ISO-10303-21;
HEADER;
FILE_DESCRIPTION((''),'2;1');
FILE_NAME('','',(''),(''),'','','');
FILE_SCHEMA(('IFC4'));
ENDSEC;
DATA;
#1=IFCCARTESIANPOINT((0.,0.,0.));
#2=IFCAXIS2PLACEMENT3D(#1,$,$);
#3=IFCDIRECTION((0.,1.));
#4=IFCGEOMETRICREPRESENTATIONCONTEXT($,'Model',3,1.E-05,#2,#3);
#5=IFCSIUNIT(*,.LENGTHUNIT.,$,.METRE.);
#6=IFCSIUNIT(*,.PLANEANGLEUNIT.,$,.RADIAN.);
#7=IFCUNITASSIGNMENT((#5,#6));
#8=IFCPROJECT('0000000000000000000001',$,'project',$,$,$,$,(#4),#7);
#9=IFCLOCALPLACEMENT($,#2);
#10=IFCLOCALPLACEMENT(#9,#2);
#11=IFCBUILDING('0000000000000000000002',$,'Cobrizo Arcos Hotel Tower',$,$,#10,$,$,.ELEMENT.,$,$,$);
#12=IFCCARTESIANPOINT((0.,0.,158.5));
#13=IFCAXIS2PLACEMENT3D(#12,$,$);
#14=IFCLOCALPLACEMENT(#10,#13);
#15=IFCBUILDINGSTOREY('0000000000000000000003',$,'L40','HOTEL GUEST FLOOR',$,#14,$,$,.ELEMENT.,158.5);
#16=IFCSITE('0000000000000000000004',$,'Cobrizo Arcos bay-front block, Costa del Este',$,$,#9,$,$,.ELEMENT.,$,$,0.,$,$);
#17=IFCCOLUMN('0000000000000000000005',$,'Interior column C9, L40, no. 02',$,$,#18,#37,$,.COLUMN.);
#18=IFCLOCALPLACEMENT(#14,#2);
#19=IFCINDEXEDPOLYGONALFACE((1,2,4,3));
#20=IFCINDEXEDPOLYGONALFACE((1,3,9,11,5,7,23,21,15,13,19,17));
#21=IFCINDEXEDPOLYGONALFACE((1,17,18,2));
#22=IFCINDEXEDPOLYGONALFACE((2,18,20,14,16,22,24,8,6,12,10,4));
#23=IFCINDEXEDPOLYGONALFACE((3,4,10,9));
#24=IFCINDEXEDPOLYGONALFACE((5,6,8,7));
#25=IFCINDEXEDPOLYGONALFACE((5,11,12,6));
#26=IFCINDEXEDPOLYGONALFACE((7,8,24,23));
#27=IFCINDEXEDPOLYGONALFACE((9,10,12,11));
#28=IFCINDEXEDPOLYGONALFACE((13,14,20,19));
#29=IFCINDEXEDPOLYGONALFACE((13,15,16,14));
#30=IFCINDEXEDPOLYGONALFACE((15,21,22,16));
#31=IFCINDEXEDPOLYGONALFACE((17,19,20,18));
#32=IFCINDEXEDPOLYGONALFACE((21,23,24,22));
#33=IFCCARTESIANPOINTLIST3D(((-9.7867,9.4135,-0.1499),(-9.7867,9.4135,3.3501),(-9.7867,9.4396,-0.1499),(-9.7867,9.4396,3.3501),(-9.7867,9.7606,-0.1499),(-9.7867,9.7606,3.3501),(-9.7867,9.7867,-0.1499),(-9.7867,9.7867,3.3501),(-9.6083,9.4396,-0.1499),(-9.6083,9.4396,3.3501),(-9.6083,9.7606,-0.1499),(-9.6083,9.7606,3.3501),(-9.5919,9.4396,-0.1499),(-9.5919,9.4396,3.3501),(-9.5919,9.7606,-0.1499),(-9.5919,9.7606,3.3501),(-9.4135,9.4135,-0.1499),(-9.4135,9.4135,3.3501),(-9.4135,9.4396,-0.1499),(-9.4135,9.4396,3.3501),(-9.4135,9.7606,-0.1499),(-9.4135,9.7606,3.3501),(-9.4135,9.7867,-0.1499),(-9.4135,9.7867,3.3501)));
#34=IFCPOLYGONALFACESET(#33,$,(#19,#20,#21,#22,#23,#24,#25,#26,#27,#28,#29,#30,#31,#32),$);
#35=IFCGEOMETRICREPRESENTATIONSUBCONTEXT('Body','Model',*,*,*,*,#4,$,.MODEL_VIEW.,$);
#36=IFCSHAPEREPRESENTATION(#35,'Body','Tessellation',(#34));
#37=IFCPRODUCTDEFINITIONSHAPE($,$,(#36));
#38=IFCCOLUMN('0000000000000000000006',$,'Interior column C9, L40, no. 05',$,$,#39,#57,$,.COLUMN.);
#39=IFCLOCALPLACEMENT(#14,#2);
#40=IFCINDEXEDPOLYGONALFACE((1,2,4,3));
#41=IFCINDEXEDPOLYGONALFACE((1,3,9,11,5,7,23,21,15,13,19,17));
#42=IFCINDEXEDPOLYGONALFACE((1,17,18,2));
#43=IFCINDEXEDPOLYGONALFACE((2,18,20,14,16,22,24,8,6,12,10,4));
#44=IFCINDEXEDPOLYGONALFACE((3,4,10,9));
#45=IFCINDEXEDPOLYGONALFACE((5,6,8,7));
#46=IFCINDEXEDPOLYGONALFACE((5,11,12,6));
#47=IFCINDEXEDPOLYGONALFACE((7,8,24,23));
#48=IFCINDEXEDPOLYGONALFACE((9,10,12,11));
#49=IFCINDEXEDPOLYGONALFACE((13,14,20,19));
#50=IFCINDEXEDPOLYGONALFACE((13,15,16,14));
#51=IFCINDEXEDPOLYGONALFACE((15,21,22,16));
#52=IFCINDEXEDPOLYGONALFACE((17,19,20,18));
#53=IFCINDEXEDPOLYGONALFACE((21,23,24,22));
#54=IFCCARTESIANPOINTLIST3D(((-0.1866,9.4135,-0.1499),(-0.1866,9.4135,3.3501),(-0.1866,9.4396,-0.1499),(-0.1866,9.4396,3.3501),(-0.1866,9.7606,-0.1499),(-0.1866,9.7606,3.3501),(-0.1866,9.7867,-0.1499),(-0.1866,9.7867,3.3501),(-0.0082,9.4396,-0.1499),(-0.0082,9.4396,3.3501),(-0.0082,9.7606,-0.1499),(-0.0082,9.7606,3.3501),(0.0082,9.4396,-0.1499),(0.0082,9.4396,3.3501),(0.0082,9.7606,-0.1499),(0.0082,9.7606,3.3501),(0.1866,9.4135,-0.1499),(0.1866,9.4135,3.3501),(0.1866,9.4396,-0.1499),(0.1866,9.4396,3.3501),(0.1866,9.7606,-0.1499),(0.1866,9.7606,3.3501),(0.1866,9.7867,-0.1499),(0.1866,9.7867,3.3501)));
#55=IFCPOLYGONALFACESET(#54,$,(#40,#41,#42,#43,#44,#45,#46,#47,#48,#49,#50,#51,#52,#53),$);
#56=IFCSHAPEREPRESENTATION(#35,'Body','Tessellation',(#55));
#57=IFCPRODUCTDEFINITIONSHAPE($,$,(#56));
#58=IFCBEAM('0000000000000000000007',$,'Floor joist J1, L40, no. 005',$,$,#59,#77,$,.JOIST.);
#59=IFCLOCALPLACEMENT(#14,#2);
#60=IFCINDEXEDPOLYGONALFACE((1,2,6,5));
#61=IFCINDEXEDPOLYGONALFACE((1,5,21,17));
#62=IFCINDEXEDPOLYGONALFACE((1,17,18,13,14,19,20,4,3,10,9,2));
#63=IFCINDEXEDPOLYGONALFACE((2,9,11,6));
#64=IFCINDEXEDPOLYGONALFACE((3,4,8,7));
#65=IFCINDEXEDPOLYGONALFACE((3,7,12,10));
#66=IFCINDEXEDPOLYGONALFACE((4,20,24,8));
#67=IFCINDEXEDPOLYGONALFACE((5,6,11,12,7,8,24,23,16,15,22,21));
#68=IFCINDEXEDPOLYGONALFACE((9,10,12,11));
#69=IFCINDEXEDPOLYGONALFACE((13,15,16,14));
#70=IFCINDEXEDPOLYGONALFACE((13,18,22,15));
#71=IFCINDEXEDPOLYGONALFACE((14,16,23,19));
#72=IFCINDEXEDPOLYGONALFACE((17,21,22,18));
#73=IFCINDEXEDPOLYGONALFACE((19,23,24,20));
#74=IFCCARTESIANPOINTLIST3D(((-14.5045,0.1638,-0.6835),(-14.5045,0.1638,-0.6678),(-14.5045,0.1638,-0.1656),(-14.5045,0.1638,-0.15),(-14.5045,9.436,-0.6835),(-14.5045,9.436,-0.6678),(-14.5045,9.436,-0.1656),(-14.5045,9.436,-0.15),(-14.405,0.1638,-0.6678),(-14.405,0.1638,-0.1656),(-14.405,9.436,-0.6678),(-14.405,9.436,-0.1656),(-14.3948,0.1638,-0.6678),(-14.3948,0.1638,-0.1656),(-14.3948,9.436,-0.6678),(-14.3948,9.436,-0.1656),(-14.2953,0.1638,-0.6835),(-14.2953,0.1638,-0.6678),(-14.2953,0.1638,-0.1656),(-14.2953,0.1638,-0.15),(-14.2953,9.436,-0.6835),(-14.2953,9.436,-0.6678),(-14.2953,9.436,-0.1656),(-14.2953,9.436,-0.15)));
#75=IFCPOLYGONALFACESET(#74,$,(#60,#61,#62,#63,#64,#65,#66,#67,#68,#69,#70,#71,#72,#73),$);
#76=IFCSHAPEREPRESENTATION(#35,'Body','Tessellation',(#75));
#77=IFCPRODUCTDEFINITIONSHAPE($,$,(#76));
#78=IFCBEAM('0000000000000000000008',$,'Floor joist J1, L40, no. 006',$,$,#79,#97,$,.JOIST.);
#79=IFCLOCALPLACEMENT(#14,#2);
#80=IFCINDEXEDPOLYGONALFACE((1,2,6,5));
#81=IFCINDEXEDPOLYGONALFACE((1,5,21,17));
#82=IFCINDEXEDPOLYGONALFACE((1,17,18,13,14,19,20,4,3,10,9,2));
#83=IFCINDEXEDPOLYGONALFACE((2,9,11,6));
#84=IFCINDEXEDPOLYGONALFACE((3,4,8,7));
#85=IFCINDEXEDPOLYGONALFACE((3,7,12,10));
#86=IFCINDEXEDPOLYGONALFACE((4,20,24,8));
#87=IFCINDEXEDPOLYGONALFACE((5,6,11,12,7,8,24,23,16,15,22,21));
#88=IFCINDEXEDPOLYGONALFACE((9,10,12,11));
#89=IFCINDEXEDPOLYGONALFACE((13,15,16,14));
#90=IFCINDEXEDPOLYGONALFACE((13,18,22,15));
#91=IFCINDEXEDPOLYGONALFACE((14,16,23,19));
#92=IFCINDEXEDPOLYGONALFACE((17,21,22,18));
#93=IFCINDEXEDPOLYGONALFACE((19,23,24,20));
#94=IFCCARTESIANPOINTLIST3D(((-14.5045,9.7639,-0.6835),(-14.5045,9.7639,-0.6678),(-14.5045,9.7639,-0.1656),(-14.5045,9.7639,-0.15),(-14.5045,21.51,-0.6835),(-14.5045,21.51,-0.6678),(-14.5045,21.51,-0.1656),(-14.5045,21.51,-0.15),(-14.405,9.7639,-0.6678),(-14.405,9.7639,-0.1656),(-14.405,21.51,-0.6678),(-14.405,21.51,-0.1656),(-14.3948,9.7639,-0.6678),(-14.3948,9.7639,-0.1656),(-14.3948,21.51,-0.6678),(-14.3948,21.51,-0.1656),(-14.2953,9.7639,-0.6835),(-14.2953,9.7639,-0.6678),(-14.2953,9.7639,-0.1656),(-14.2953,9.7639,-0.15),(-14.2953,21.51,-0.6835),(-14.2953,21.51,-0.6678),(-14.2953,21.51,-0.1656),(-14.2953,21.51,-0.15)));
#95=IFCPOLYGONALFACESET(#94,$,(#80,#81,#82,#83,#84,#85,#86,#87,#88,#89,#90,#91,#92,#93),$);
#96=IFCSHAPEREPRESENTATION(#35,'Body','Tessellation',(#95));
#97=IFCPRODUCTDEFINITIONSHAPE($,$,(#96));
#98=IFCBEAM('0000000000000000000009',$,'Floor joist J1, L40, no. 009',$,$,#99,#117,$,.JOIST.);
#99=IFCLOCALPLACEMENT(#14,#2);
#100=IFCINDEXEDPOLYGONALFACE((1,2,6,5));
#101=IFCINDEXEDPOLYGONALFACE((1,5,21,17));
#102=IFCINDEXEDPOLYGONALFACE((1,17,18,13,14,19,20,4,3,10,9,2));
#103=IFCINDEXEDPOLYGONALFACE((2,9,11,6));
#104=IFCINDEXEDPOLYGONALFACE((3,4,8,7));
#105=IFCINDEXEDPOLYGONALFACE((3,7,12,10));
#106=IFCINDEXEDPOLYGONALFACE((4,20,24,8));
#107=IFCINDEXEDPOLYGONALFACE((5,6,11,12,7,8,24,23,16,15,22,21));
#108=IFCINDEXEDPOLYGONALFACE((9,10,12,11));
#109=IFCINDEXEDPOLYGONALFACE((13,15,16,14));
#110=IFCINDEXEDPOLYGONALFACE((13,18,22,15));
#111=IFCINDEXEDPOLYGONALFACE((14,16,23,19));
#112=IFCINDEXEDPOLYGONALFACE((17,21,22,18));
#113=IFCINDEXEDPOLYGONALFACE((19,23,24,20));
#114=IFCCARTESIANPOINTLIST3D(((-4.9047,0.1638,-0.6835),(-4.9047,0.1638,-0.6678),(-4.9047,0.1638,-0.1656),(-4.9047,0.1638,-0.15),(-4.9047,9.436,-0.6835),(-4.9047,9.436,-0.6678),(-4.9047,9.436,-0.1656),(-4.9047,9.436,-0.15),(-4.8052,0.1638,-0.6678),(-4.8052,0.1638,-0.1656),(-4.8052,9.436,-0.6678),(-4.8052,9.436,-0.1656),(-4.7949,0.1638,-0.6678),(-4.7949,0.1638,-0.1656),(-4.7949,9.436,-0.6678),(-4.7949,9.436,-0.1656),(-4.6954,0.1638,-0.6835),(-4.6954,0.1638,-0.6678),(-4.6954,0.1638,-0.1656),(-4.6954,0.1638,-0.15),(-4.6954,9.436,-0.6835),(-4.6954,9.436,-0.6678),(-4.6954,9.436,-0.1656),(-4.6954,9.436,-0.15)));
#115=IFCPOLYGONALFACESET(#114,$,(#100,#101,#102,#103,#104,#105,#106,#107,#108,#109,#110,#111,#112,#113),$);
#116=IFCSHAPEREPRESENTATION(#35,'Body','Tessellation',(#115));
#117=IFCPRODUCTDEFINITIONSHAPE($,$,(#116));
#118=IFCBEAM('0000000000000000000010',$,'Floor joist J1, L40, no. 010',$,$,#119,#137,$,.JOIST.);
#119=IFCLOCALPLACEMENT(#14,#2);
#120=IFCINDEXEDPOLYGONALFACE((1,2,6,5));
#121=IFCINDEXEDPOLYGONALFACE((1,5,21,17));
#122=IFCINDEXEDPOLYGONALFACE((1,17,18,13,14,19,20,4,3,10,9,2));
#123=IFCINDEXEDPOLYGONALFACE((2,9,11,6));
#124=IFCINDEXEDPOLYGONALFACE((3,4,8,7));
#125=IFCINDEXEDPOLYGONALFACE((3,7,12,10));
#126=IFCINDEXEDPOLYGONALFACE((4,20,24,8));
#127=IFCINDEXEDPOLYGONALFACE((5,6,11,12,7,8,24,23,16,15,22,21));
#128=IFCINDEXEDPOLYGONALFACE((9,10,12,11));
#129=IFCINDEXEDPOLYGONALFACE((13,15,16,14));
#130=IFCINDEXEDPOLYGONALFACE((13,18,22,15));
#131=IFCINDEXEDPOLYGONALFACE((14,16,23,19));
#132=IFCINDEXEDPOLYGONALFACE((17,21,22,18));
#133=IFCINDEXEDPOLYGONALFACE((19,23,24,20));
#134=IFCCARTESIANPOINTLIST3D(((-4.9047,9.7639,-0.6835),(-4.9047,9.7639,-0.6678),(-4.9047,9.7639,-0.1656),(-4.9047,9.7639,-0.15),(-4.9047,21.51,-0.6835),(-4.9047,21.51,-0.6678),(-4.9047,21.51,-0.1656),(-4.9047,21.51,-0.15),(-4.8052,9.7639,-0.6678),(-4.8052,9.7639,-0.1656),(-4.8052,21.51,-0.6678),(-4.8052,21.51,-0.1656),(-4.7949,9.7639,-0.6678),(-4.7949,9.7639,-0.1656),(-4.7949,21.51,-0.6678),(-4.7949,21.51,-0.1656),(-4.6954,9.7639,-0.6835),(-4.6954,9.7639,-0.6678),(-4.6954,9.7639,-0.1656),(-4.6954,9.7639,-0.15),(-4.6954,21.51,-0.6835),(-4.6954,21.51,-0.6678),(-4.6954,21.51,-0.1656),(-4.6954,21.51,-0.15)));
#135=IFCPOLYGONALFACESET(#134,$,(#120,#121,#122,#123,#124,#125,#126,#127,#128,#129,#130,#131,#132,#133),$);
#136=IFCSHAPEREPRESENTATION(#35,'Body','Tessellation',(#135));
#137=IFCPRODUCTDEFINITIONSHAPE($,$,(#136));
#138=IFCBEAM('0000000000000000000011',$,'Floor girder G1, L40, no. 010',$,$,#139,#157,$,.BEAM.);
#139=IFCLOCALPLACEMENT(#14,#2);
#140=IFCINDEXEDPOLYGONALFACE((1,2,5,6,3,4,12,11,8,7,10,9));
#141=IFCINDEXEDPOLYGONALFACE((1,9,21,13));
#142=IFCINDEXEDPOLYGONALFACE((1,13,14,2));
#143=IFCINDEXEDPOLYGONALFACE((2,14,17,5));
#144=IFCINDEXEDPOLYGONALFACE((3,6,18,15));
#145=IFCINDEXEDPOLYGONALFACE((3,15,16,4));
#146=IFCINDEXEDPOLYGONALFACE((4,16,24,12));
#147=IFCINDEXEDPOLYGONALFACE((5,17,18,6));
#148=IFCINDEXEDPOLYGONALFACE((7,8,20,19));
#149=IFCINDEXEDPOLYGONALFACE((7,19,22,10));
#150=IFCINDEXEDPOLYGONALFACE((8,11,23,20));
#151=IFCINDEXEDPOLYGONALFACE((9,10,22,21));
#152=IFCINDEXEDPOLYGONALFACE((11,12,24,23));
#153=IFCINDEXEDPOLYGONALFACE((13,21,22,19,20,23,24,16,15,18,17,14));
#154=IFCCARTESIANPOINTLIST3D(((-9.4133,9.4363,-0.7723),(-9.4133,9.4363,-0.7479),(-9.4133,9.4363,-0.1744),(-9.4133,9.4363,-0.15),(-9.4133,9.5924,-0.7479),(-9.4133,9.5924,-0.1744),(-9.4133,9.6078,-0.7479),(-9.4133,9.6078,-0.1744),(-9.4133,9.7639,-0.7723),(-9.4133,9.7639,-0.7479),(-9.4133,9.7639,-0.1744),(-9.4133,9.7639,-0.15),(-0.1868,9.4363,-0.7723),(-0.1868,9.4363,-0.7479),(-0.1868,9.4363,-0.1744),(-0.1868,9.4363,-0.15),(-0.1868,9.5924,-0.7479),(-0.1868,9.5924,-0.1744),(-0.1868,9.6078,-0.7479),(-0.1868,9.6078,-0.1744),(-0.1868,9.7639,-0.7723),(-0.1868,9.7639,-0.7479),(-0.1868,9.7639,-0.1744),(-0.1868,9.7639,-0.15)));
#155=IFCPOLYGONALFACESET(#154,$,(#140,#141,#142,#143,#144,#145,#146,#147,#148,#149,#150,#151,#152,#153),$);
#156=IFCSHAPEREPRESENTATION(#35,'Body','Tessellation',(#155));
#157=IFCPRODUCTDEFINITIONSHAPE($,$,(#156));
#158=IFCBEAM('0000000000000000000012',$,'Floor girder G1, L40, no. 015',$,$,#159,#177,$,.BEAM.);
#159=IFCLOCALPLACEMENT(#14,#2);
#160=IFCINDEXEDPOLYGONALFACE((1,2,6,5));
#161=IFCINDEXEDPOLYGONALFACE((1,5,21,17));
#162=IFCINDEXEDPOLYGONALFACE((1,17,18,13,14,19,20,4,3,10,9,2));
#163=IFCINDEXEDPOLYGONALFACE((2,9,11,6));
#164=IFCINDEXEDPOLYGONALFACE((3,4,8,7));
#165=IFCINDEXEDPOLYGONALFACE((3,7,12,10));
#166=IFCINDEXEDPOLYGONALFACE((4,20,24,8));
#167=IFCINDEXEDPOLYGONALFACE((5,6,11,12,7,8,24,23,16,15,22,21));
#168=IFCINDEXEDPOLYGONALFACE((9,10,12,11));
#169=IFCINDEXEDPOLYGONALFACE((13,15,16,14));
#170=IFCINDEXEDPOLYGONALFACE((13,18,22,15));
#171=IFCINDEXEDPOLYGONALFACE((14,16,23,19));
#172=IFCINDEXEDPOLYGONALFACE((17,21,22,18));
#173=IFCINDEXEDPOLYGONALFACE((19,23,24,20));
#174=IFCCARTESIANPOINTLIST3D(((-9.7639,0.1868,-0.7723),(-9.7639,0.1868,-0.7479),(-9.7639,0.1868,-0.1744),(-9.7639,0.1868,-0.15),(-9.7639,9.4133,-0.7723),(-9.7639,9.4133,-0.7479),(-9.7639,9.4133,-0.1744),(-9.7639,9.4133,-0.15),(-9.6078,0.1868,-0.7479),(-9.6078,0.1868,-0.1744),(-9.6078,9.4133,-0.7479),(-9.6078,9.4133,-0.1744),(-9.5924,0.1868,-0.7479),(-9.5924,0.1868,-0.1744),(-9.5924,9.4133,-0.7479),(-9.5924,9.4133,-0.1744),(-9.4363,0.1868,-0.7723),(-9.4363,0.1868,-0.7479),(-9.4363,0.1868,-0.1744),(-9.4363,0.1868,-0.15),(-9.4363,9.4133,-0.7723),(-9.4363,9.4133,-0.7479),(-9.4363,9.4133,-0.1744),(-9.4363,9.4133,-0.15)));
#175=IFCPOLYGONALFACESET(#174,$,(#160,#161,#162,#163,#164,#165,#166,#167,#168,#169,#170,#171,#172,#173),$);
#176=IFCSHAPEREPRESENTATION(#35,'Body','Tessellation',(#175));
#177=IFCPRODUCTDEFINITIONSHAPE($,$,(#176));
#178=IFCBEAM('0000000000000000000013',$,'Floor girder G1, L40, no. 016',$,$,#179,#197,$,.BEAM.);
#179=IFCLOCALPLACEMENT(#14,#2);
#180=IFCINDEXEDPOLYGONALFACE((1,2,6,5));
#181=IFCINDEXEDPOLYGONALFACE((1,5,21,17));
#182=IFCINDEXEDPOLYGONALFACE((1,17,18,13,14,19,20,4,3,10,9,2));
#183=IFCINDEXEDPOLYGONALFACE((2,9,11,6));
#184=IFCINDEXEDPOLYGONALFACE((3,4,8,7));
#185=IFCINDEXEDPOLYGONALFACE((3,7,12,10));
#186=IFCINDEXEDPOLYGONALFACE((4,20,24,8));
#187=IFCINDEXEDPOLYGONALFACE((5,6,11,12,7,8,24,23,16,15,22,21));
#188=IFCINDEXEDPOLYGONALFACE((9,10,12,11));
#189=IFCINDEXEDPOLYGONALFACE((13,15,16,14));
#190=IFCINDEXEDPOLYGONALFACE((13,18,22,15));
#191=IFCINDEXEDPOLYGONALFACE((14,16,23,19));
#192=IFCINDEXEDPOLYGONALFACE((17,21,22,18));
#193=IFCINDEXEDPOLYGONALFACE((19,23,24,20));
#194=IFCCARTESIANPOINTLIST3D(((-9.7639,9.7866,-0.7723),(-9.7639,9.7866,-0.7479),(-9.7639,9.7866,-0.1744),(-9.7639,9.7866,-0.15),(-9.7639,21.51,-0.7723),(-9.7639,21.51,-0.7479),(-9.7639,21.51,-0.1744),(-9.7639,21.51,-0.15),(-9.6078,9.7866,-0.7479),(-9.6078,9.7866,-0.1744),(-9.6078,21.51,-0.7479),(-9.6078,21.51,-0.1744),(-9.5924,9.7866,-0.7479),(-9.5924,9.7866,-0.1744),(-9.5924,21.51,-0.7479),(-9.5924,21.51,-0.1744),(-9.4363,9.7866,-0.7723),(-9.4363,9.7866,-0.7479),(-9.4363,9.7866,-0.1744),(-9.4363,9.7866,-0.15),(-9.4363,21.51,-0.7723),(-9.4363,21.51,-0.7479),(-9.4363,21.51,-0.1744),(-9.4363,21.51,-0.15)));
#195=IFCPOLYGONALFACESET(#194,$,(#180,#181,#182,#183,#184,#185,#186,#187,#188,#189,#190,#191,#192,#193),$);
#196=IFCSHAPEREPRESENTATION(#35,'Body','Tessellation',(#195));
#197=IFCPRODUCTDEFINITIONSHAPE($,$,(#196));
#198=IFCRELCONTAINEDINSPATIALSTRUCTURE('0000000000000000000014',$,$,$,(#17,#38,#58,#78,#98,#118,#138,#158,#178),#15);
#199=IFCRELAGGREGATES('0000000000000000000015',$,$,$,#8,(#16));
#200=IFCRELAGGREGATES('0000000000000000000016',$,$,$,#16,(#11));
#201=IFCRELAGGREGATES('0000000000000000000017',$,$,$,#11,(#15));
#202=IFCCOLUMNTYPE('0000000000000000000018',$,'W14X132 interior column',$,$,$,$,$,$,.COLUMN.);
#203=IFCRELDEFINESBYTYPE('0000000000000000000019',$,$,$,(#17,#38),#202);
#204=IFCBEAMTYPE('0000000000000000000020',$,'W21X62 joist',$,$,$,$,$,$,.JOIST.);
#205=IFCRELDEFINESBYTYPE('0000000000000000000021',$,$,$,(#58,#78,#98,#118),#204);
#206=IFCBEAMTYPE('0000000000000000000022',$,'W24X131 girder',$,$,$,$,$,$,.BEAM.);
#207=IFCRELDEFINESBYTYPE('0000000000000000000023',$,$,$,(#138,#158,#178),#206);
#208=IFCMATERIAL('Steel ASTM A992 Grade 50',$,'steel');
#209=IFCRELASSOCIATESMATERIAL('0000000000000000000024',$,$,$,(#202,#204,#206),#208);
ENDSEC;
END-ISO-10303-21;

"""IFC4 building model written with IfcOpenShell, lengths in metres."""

from ifc_helpers import new_model, si_unit, direction, frame, origin, origin_2d, place, context, subcontext, project, spatial, i_section, extrude, material, material_profile, profile_set, type_object, element, save


model = new_model("IFC4")

# Units and contexts
model_context = context("Model", 3, precision=1e-05, world=origin(), true_north=direction((0.0, 1.0)))
body_context = subcontext(model_context, "Body", "Model", "MODEL_VIEW")
ifc_project = project(units=[si_unit("LENGTHUNIT", "METRE"), si_unit("PLANEANGLEUNIT", "RADIAN")], contexts=[model_context])

# Site, building, storey
site_placement = place(None, origin())
site = spatial("IfcSite", under=ifc_project, at=site_placement, Name="Cobrizo Arcos bay-front block, Costa del Este", CompositionType="ELEMENT", RefElevation=0.0)
building_placement = place(site_placement, origin())
building = spatial("IfcBuilding", under=site, at=building_placement, Name="Cobrizo Arcos Hotel Tower", CompositionType="ELEMENT")
storey_placement = place(building_placement, frame((0.0, 0.0, 158.5)))
storey = spatial("IfcBuildingStorey", under=building, at=storey_placement, Name="L40", Description="HOTEL GUEST FLOOR", CompositionType="ELEMENT", Elevation=158.5)

# Columns
ifc_material_1 = material(Name="Steel ASTM A992 Grade 50", Category="steel")
ifc_material_profile_1 = material_profile(ifc_material_1, i_section(OverallWidth=0.3733, OverallDepth=0.3733, WebThickness=0.0164, FlangeThickness=0.0261, at=origin_2d()), Name="W14X132")
ifc_profile_set_1 = profile_set([ifc_material_profile_1], Name="Steel ASTM A992 Grade 50")
column_type = type_object("IfcColumnType", Name="W14X132 interior column", PredefinedType="COLUMN", material=ifc_profile_set_1)
for number, where, z_axis, x_axis, name in (
    (1, (-9.6001, 9.6001, -0.1499), (0.0, 0.0, 1.0), (1.0, 0.0, 0.0), "Interior column C9, L40, no. 02"),
    (2, (0.0, 9.6001, -0.1499), (0.0, 0.0, 1.0), (1.0, 0.0, 0.0), "Interior column C9, L40, no. 05"),
):
    element("IfcColumn", number, at=place(storey_placement, frame(where, z_axis=z_axis, x_axis=x_axis)), inside=storey, type_object=column_type, Name=name, PredefinedType="COLUMN", context=body_context, shape_type="SweptSolid", body=[
        extrude(i_section(OverallWidth=0.3733, OverallDepth=0.3733, WebThickness=0.0164, FlangeThickness=0.0261, at=origin_2d()), origin(), (0.0, 0.0, 1.0), 3.5),
    ])

# Beams
ifc_material_profile_2 = material_profile(ifc_material_1, i_section(OverallWidth=0.2092, OverallDepth=0.5334, WebThickness=0.0103, FlangeThickness=0.0156, at=origin_2d()), Name="W21X62")
ifc_profile_set_2 = profile_set([ifc_material_profile_2], Name="Steel ASTM A992 Grade 50")
beam_type_1 = type_object("IfcBeamType", Name="W21X62 joist", PredefinedType="JOIST", material=ifc_profile_set_2)
beam_1_placement = place(storey_placement, frame((-14.3999, 0.1638, -0.4167), z_axis=(0.0, 1.0, 0.0), x_axis=(-1.0, 0.0, 0.0)))
element("IfcBeam", 3, at=beam_1_placement, inside=storey, type_object=beam_type_1, Name="Floor joist J1, L40, no. 005", PredefinedType="JOIST", context=body_context, shape_type="SweptSolid", body=[
    extrude(i_section(OverallWidth=0.2092, OverallDepth=0.5334, WebThickness=0.0103, FlangeThickness=0.0156, at=origin_2d()), origin(), (0.0, 0.0, 1.0), 9.2722),
])
beam_2_placement = place(storey_placement, frame((-14.3999, 9.7639, -0.4167), z_axis=(0.0, 1.0, 0.0), x_axis=(-1.0, 0.0, 0.0)))
element("IfcBeam", 4, at=beam_2_placement, inside=storey, type_object=beam_type_1, Name="Floor joist J1, L40, no. 006", PredefinedType="JOIST", context=body_context, shape_type="SweptSolid", body=[
    extrude(i_section(OverallWidth=0.2092, OverallDepth=0.5334, WebThickness=0.0103, FlangeThickness=0.0156, at=origin_2d()), origin(), (0.0, 0.0, 1.0), 11.7461),
])
beam_3_placement = place(storey_placement, frame((-4.8, 0.1638, -0.4167), z_axis=(0.0, 1.0, 0.0), x_axis=(-1.0, 0.0, 0.0)))
element("IfcBeam", 5, at=beam_3_placement, inside=storey, type_object=beam_type_1, Name="Floor joist J1, L40, no. 009", PredefinedType="JOIST", context=body_context, shape_type="SweptSolid", body=[
    extrude(i_section(OverallWidth=0.2092, OverallDepth=0.5334, WebThickness=0.0103, FlangeThickness=0.0156, at=origin_2d()), origin(), (0.0, 0.0, 1.0), 9.2722),
])
beam_4_placement = place(storey_placement, frame((-4.8, 9.7639, -0.4167), z_axis=(0.0, 1.0, 0.0), x_axis=(-1.0, 0.0, 0.0)))
element("IfcBeam", 6, at=beam_4_placement, inside=storey, type_object=beam_type_1, Name="Floor joist J1, L40, no. 010", PredefinedType="JOIST", context=body_context, shape_type="SweptSolid", body=[
    extrude(i_section(OverallWidth=0.2092, OverallDepth=0.5334, WebThickness=0.0103, FlangeThickness=0.0156, at=origin_2d()), origin(), (0.0, 0.0, 1.0), 11.7461),
])
ifc_material_profile_3 = material_profile(ifc_material_1, i_section(OverallWidth=0.3276, OverallDepth=0.6223, WebThickness=0.0154, FlangeThickness=0.0244, at=origin_2d()), Name="W24X131")
ifc_profile_set_3 = profile_set([ifc_material_profile_3], Name="Steel ASTM A992 Grade 50")
beam_type_2 = type_object("IfcBeamType", Name="W24X131 girder", PredefinedType="BEAM", material=ifc_profile_set_3)
for number, where, z_axis, x_axis, name in (
    (7, (-9.4133, 9.6001, -0.4612), (1.0, 0.0, 0.0), (0.0, 1.0, 0.0), "Floor girder G1, L40, no. 010"),
    (8, (-9.6001, 0.1868, -0.4612), (0.0, 1.0, 0.0), (-1.0, 0.0, 0.0), "Floor girder G1, L40, no. 015"),
):
    element("IfcBeam", number, at=place(storey_placement, frame(where, z_axis=z_axis, x_axis=x_axis)), inside=storey, type_object=beam_type_2, Name=name, PredefinedType="BEAM", context=body_context, shape_type="SweptSolid", body=[
        extrude(i_section(OverallWidth=0.3276, OverallDepth=0.6223, WebThickness=0.0154, FlangeThickness=0.0244, at=origin_2d()), origin(), (0.0, 0.0, 1.0), 9.2266),
    ])
beam_5_placement = place(storey_placement, frame((-9.6001, 9.7866, -0.4612), z_axis=(0.0, 1.0, 0.0), x_axis=(-1.0, 0.0, 0.0)))
element("IfcBeam", 9, at=beam_5_placement, inside=storey, type_object=beam_type_2, Name="Floor girder G1, L40, no. 016", PredefinedType="BEAM", context=body_context, shape_type="SweptSolid", body=[
    extrude(i_section(OverallWidth=0.3276, OverallDepth=0.6223, WebThickness=0.0154, FlangeThickness=0.0244, at=origin_2d()), origin(), (0.0, 0.0, 1.0), 11.7234),
])

save(model, "model.ifc")
